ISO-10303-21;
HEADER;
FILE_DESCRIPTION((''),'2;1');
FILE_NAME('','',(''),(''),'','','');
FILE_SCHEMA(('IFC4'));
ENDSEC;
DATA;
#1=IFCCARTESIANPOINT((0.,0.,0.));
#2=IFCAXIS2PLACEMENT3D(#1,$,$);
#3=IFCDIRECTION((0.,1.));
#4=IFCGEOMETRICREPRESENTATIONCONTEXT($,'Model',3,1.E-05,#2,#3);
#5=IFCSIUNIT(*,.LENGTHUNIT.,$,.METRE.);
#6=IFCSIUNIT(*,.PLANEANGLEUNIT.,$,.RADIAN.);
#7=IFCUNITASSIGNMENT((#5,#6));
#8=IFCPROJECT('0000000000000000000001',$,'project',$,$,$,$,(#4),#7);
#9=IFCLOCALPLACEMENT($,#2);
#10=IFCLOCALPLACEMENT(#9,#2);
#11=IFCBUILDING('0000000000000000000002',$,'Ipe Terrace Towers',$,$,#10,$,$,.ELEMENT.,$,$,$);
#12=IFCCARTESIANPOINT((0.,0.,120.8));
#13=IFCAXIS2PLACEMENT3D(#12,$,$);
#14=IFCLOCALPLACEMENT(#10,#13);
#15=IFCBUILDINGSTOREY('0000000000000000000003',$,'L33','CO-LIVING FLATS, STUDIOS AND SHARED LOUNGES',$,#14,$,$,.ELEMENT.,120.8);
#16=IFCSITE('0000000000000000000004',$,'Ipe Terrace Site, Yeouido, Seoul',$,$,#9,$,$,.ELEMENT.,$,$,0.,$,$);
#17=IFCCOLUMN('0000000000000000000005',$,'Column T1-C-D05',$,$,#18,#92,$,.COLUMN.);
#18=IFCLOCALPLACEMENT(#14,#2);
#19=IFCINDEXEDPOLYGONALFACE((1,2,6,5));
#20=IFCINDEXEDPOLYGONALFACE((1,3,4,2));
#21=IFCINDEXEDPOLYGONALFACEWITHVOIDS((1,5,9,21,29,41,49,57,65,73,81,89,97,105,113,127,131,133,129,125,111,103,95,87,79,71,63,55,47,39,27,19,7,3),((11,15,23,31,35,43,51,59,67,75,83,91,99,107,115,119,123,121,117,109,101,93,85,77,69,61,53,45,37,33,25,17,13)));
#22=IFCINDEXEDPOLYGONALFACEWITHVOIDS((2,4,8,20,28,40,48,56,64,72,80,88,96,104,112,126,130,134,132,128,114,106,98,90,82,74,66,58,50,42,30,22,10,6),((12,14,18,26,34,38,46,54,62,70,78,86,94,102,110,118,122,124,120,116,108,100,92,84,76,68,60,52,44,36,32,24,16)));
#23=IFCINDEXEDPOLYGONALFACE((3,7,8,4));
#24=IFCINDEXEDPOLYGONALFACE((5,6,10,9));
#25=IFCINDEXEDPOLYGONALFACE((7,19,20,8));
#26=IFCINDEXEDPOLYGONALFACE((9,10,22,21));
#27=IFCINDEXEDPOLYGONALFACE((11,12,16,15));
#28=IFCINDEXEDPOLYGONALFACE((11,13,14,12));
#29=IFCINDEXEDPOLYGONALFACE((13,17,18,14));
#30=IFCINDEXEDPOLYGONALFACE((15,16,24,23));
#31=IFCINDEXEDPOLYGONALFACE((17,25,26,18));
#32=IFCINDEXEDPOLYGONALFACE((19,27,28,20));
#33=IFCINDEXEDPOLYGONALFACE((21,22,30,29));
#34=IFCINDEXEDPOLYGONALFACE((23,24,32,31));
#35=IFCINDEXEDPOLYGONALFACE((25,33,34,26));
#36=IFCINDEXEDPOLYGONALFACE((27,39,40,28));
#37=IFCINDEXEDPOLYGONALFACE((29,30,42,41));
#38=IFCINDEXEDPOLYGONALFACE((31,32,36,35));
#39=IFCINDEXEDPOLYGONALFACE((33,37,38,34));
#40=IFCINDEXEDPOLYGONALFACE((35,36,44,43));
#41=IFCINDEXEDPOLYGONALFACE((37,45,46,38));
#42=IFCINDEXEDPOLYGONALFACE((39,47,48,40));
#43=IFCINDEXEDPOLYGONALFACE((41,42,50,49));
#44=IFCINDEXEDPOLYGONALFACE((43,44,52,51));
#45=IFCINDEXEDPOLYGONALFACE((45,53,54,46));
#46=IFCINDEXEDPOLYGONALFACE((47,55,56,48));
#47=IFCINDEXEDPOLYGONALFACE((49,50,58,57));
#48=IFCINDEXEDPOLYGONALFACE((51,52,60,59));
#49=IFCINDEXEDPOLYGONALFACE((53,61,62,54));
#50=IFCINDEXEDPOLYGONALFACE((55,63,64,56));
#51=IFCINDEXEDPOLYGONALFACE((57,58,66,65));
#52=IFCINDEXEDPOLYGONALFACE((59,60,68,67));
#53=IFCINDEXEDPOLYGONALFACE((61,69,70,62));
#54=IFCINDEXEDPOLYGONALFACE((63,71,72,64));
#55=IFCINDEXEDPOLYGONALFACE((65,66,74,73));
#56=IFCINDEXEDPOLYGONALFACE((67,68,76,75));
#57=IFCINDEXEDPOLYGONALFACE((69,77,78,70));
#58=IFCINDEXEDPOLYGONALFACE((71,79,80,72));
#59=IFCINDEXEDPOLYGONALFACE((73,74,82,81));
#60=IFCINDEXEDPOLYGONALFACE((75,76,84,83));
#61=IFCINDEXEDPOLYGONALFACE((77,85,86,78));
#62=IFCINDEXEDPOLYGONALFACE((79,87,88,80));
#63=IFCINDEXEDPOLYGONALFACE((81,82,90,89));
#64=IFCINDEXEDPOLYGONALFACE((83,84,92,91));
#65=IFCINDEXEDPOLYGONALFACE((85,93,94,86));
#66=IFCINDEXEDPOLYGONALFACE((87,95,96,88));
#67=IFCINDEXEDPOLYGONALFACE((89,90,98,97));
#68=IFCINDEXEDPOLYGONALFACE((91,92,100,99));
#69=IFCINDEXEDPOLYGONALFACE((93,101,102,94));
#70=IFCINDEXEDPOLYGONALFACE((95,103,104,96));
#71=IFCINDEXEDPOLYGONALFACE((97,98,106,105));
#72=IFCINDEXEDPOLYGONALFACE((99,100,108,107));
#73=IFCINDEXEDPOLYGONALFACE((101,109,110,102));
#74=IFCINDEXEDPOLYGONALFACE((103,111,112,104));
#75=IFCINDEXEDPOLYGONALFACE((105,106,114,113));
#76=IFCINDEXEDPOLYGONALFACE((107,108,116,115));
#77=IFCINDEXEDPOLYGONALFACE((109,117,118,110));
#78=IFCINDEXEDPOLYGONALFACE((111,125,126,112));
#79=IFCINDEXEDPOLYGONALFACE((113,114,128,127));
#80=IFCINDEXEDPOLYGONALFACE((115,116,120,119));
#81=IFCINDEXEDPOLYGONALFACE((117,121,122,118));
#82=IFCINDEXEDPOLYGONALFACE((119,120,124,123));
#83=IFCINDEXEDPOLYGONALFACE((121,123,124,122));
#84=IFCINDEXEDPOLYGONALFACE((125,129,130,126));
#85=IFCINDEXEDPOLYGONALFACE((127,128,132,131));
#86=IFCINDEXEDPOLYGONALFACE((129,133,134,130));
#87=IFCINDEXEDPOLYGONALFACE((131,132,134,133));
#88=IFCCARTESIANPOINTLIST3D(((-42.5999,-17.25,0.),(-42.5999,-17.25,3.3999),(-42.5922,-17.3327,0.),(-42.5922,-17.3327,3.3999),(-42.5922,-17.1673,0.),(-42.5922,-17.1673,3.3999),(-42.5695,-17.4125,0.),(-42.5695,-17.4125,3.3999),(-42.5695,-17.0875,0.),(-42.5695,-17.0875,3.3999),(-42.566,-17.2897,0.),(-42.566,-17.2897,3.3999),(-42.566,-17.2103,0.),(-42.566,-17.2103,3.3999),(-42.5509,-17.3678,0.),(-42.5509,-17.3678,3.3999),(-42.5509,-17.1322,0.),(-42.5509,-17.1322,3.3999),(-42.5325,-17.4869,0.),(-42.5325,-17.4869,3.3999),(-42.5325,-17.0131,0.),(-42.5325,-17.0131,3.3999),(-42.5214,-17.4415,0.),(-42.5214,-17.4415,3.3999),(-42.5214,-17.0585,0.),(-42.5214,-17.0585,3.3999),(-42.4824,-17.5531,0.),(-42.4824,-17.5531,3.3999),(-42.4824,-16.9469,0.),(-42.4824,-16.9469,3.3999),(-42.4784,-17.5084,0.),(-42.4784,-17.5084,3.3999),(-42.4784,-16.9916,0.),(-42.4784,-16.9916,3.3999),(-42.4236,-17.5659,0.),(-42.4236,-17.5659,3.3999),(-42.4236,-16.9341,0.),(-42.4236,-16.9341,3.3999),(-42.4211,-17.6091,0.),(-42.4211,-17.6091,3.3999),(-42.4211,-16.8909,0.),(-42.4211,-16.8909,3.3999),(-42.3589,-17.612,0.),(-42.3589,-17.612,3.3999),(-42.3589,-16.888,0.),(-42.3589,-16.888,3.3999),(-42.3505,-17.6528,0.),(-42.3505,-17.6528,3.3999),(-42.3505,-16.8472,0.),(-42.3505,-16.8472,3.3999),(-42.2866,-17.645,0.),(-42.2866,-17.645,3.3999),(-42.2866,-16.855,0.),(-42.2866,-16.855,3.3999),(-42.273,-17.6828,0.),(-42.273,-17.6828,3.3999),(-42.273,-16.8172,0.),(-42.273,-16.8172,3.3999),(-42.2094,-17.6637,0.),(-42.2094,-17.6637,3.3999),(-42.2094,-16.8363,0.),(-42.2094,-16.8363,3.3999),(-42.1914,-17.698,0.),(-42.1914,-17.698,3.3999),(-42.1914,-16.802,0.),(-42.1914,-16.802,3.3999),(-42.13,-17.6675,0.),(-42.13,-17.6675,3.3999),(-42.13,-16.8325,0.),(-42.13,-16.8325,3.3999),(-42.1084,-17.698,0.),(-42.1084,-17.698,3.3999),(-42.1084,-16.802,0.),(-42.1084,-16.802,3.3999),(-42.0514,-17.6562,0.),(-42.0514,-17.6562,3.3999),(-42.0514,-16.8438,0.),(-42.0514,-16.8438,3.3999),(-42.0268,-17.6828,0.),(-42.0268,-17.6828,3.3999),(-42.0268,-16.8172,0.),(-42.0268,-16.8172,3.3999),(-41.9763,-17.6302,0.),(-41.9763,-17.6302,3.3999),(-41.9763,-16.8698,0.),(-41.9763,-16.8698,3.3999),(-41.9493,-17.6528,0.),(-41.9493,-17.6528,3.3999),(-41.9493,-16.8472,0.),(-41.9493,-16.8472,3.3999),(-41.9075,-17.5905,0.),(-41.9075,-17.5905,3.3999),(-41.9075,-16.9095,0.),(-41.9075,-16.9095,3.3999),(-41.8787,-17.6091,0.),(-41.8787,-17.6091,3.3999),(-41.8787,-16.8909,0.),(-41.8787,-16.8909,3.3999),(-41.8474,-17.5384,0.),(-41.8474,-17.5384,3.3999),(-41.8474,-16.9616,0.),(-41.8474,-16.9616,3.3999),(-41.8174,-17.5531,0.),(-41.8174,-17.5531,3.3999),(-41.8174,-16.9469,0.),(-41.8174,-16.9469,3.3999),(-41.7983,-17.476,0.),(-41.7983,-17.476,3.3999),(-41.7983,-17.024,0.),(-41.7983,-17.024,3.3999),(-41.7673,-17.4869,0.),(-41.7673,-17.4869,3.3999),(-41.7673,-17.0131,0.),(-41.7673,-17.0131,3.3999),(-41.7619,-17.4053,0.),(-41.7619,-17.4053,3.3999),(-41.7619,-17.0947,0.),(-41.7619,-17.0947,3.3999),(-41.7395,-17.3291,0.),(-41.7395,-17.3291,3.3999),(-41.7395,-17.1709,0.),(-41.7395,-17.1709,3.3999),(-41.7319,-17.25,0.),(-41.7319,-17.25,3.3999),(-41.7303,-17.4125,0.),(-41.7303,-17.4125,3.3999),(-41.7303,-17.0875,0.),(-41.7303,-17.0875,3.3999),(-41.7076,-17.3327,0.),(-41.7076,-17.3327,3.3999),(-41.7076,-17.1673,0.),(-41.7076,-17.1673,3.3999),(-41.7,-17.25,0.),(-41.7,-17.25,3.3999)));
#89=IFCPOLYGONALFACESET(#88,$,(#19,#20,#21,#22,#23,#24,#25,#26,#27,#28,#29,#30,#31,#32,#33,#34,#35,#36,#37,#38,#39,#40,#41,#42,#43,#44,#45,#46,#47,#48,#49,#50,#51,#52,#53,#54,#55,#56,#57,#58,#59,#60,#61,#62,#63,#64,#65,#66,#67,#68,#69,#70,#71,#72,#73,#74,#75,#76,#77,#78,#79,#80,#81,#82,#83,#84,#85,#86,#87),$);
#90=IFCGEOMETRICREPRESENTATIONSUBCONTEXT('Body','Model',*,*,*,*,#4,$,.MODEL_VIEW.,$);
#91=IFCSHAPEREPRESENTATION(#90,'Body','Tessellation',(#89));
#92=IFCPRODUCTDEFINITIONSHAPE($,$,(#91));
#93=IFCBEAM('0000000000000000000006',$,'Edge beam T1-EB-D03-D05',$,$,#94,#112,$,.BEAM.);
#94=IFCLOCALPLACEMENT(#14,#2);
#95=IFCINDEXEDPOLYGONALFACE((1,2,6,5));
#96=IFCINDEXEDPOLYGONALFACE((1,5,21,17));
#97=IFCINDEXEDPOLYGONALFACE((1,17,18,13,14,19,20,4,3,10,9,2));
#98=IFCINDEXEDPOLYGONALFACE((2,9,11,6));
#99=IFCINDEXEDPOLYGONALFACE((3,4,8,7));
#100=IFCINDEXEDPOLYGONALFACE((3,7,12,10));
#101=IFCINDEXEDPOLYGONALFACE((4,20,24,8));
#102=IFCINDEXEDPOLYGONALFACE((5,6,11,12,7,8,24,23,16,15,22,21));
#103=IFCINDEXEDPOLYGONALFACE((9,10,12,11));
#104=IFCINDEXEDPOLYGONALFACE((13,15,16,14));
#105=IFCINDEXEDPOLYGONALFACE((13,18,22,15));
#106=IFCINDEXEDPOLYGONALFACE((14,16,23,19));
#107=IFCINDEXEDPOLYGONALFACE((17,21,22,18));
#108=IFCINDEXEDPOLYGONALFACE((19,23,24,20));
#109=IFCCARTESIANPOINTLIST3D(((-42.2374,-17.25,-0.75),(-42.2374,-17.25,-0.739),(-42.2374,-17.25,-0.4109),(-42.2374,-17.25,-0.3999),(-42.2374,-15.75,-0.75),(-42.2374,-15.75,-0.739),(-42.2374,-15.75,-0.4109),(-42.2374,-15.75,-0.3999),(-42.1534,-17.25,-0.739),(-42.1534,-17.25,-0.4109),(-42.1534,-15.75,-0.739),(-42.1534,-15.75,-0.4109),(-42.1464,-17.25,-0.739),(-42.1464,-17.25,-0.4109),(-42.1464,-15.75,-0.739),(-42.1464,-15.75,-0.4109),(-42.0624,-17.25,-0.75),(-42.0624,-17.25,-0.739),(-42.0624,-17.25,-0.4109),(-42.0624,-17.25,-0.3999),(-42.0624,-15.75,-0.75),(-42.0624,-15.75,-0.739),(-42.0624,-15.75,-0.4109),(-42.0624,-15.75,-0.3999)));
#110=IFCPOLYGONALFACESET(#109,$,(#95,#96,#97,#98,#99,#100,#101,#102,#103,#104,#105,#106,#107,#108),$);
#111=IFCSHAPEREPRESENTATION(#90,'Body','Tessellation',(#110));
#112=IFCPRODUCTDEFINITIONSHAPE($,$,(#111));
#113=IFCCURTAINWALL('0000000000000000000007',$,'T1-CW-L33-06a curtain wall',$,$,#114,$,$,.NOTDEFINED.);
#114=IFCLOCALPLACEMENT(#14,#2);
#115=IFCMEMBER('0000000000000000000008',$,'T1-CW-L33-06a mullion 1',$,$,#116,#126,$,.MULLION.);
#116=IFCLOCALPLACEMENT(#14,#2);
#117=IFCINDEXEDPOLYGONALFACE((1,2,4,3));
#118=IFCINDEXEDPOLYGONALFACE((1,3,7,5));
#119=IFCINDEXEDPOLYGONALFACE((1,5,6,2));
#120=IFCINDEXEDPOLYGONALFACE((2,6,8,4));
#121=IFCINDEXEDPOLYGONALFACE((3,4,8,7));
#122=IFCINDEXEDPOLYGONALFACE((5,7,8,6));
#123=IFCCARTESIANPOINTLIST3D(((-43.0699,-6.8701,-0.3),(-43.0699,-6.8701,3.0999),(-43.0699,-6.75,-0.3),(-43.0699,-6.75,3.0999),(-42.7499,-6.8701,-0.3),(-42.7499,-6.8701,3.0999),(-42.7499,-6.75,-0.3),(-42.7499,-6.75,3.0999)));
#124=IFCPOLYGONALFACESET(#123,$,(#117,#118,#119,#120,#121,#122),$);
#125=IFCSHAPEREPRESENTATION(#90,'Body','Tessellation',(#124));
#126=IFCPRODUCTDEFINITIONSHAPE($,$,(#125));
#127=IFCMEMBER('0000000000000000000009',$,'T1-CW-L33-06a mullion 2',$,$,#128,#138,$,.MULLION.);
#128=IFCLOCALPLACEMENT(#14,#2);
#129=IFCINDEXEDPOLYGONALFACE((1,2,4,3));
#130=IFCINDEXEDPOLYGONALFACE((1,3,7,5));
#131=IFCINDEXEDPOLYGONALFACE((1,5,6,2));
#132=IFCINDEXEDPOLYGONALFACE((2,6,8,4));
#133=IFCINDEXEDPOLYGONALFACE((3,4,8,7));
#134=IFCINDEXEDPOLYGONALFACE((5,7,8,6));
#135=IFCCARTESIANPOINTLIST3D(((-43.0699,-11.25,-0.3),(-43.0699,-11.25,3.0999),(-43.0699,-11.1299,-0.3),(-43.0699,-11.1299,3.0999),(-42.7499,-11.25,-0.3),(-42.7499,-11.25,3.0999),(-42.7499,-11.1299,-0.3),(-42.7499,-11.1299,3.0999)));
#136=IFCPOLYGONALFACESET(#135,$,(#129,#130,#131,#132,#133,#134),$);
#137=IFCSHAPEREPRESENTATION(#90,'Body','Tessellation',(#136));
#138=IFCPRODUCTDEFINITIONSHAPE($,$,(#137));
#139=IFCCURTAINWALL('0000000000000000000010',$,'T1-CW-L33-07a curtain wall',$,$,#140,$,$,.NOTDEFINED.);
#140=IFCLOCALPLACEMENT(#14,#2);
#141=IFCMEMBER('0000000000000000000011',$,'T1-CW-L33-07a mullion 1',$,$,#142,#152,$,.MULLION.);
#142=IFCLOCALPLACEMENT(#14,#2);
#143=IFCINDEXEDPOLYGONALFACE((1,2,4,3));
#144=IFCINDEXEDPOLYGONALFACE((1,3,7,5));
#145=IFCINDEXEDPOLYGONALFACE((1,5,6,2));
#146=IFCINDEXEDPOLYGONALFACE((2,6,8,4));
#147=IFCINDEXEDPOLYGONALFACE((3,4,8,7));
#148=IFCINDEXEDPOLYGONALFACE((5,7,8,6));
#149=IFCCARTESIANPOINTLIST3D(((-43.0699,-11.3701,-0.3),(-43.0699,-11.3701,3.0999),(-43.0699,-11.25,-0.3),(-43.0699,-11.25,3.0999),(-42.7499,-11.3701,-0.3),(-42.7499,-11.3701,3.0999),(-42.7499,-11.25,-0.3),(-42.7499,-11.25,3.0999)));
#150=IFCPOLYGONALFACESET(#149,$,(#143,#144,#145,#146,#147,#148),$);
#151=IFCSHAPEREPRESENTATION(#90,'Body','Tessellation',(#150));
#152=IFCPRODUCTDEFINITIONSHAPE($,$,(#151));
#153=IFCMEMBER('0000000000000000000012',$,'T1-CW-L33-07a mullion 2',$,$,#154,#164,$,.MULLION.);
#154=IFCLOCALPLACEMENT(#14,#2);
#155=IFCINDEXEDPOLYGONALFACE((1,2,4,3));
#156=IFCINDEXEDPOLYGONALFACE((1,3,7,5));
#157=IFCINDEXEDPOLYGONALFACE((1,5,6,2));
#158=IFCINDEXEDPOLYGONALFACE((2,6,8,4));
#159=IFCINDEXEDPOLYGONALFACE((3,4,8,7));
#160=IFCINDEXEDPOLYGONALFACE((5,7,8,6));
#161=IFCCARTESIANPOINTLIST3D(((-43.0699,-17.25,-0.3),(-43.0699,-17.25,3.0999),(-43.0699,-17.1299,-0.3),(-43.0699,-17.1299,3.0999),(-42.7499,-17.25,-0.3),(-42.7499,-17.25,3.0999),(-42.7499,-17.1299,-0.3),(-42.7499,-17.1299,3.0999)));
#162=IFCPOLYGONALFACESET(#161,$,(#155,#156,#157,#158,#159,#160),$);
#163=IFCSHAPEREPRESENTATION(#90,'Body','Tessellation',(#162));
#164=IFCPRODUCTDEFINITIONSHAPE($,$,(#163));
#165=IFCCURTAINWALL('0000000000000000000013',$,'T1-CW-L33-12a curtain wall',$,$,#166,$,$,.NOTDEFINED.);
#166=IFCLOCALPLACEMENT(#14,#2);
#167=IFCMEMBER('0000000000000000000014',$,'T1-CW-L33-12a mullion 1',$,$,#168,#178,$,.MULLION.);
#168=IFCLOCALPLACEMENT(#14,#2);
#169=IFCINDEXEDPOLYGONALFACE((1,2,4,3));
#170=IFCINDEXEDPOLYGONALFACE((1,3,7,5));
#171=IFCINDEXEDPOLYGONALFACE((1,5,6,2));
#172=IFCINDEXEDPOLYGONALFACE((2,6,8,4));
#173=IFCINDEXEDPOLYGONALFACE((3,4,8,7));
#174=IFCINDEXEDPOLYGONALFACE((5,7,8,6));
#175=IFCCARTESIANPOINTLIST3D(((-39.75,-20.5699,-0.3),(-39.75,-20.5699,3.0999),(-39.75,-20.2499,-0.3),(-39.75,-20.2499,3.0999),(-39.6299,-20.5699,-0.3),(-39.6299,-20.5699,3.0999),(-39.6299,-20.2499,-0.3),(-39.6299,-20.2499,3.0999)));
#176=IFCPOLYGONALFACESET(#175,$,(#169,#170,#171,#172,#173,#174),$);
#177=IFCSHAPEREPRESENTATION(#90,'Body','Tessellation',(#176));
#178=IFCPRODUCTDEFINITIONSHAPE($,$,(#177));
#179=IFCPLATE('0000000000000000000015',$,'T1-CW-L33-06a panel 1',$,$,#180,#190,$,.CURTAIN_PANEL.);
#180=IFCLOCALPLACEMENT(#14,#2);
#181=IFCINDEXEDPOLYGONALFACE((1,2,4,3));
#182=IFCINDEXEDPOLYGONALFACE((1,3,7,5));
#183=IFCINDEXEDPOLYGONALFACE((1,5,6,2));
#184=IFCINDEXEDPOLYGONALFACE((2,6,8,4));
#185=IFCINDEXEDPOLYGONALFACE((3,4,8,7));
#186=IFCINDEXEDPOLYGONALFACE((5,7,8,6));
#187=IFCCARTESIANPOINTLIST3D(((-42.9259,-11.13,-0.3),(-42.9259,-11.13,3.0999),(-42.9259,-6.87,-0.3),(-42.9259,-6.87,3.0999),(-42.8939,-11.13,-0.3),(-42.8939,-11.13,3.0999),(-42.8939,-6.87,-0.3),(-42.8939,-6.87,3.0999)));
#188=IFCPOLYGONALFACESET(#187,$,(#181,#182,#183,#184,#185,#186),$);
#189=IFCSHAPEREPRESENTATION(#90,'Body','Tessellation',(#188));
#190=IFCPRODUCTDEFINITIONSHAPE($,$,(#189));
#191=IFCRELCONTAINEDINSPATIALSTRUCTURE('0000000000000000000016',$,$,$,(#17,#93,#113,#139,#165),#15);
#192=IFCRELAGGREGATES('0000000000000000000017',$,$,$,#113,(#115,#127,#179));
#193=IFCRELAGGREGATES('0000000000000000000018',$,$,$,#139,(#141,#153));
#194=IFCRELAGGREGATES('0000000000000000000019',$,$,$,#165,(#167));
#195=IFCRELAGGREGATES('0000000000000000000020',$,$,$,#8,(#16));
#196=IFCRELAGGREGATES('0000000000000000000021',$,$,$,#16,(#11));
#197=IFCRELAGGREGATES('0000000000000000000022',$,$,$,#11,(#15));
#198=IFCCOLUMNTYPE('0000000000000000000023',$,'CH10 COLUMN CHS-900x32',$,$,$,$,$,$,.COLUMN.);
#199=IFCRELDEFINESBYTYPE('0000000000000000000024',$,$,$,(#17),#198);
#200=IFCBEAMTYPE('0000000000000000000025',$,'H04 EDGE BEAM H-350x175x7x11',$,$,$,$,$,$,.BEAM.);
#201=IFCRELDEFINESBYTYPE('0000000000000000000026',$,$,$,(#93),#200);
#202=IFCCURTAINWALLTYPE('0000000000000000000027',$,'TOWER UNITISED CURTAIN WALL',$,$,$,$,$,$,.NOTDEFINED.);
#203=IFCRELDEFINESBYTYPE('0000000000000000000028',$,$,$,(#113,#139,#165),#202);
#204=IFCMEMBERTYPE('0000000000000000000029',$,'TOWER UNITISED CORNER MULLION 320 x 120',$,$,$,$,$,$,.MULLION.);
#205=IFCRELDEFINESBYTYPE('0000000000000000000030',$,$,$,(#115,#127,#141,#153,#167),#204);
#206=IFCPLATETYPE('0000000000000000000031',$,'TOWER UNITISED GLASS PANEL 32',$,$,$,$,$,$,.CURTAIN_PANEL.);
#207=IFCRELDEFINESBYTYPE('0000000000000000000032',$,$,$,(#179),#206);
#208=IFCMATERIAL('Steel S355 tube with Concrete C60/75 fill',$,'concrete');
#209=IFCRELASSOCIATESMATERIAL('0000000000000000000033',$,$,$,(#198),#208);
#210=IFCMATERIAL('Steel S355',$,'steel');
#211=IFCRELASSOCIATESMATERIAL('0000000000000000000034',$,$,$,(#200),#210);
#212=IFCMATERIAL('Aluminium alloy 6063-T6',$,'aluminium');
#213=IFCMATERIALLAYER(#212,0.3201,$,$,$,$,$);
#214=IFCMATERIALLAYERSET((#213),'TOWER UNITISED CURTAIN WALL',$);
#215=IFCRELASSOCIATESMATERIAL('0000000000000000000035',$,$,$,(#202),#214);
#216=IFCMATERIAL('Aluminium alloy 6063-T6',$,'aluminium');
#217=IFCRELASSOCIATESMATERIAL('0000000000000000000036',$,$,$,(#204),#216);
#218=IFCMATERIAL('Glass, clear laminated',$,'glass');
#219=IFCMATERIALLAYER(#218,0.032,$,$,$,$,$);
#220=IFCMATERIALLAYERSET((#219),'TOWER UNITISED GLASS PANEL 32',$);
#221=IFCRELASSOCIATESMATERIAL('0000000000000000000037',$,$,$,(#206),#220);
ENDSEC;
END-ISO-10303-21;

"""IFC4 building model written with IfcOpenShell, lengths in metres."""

from ifc_helpers import new_model, si_unit, direction, frame, origin, origin_2d, place, context, subcontext, project, spatial, rectangle, hollow_circle, i_section, extrude, material, layer, layer_set, material_profile, profile_set, type_object, element, aggregate, save


model = new_model("IFC4")

# Units and contexts
model_context = context("Model", 3, precision=1e-05, world=origin(), true_north=direction((0.0, 1.0)))
body_context = subcontext(model_context, "Body", "Model", "MODEL_VIEW")
ifc_project = project(units=[si_unit("LENGTHUNIT", "METRE"), si_unit("PLANEANGLEUNIT", "RADIAN")], contexts=[model_context])

# Site, building, storey
site_placement = place(None, origin())
site = spatial("IfcSite", under=ifc_project, at=site_placement, Name="Ipe Terrace Site, Yeouido, Seoul", CompositionType="ELEMENT", RefElevation=0.0)
building_placement = place(site_placement, origin())
building = spatial("IfcBuilding", under=site, at=building_placement, Name="Ipe Terrace Towers", CompositionType="ELEMENT")
storey_placement = place(building_placement, frame((0.0, 0.0, 120.8)))
storey = spatial("IfcBuildingStorey", under=building, at=storey_placement, Name="L33", Description="CO-LIVING FLATS, STUDIOS AND SHARED LOUNGES", CompositionType="ELEMENT", Elevation=120.8)

# Column
ifc_material_1 = material(Name="Steel S355 tube with Concrete C60/75 fill", Category="concrete")
ifc_material_profile_1 = material_profile(ifc_material_1, hollow_circle(Radius=0.45, WallThickness=0.032, at=origin_2d()), Name="CHS-900x32")
ifc_profile_set_1 = profile_set([ifc_material_profile_1], Name="Steel S355 tube with Concrete C60/75 fill")
column_type_1 = type_object("IfcColumnType", Name="CH10 COLUMN CHS-900x32", PredefinedType="COLUMN", material=ifc_profile_set_1)
for number, where, z_axis, x_axis, name in (
    (1, (-42.1499, -17.25, 0.0), (0.0, 0.0, 1.0), (1.0, 0.0, 0.0), "Column T1-C-D05"),
):
    element("IfcColumn", number, at=place(storey_placement, frame(where, z_axis=z_axis, x_axis=x_axis)), inside=storey, type_object=column_type_1, Name=name, PredefinedType="COLUMN", context=body_context, shape_type="SweptSolid", body=[
        extrude(hollow_circle(Radius=0.45, WallThickness=0.032, at=origin_2d()), origin(), (0.0, 0.0, 1.0), 3.3999),
    ])

# Beam
ifc_material_2 = material(Name="Steel S355", Category="steel")
ifc_material_profile_2 = material_profile(ifc_material_2, i_section(OverallWidth=0.175, OverallDepth=0.3501, WebThickness=0.0071, FlangeThickness=0.011, at=origin_2d()), Name="H-350x175x7x11")
ifc_profile_set_2 = profile_set([ifc_material_profile_2], Name="Steel S355")
beam_type = type_object("IfcBeamType", Name="H04 EDGE BEAM H-350x175x7x11", PredefinedType="BEAM", material=ifc_profile_set_2)
beam_placement = place(storey_placement, frame((-42.1499, -15.75, -0.575), z_axis=(0.0, -1.0, 0.0), x_axis=(1.0, 0.0, 0.0)))
element("IfcBeam", 2, at=beam_placement, inside=storey, type_object=beam_type, Name="Edge beam T1-EB-D03-D05", PredefinedType="BEAM", context=body_context, shape_type="SweptSolid", body=[
    extrude(i_section(OverallWidth=0.175, OverallDepth=0.3501, WebThickness=0.0071, FlangeThickness=0.011, at=origin_2d()), origin(), (0.0, 0.0, 1.0), 1.5),
])

# Curtain walls, members
ifc_material_3 = material(Name="Aluminium alloy 6063-T6", Category="aluminium")
ifc_layer_1 = layer(ifc_material_3, 0.3201)
ifc_layer_set_1 = layer_set([ifc_layer_1], Name="TOWER UNITISED CURTAIN WALL")
curtain_wall_type = type_object("IfcCurtainWallType", Name="TOWER UNITISED CURTAIN WALL", PredefinedType="NOTDEFINED", material=ifc_layer_set_1)
curtain_wall_1_placement = place(storey_placement, origin())
curtain_wall_1 = element("IfcCurtainWall", 3, at=curtain_wall_1_placement, inside=storey, type_object=curtain_wall_type, Name="T1-CW-L33-06a curtain wall", PredefinedType="NOTDEFINED")
ifc_material_4 = material(Name="Aluminium alloy 6063-T6", Category="aluminium")
ifc_material_profile_3 = material_profile(ifc_material_4, rectangle(XDim=0.3201, YDim=0.1201, at=origin_2d()), Name="TOWER UNITISED CORNER MULLION 320 x 120")
ifc_profile_set_3 = profile_set([ifc_material_profile_3], Name="Aluminium alloy 6063-T6")
member_type = type_object("IfcMemberType", Name="TOWER UNITISED CORNER MULLION 320 x 120", PredefinedType="MULLION", material=ifc_profile_set_3)
member_1_placement = place(storey_placement, frame((-42.9099, -6.8101, -0.3), z_axis=(0.0, 0.0, 1.0), x_axis=(-1.0, 0.0, 0.0)))
member_1 = element("IfcMember", 4, at=member_1_placement, type_object=member_type, Name="T1-CW-L33-06a mullion 1", PredefinedType="MULLION", context=body_context, shape_type="SweptSolid", body=[
    extrude(rectangle(XDim=0.3201, YDim=0.1201, at=origin_2d()), origin(), (0.0, 0.0, 1.0), 3.3999),
])
member_2_placement = place(storey_placement, frame((-42.9099, -11.1899, -0.3), z_axis=(0.0, 0.0, 1.0), x_axis=(-1.0, 0.0, 0.0)))
member_2 = element("IfcMember", 5, at=member_2_placement, type_object=member_type, Name="T1-CW-L33-06a mullion 2", PredefinedType="MULLION", context=body_context, shape_type="SweptSolid", body=[
    extrude(rectangle(XDim=0.3201, YDim=0.1201, at=origin_2d()), origin(), (0.0, 0.0, 1.0), 3.3999),
])
curtain_wall_2_placement = place(storey_placement, origin())
curtain_wall_2 = element("IfcCurtainWall", 6, at=curtain_wall_2_placement, inside=storey, type_object=curtain_wall_type, Name="T1-CW-L33-07a curtain wall", PredefinedType="NOTDEFINED")
member_3_placement = place(storey_placement, frame((-42.9099, -11.3101, -0.3), z_axis=(0.0, 0.0, 1.0), x_axis=(-1.0, 0.0, 0.0)))
member_3 = element("IfcMember", 7, at=member_3_placement, type_object=member_type, Name="T1-CW-L33-07a mullion 1", PredefinedType="MULLION", context=body_context, shape_type="SweptSolid", body=[
    extrude(rectangle(XDim=0.3201, YDim=0.1201, at=origin_2d()), origin(), (0.0, 0.0, 1.0), 3.3999),
])
member_4_placement = place(storey_placement, frame((-42.9099, -17.1899, -0.3), z_axis=(0.0, 0.0, 1.0), x_axis=(-1.0, 0.0, 0.0)))
member_4 = element("IfcMember", 8, at=member_4_placement, type_object=member_type, Name="T1-CW-L33-07a mullion 2", PredefinedType="MULLION", context=body_context, shape_type="SweptSolid", body=[
    extrude(rectangle(XDim=0.3201, YDim=0.1201, at=origin_2d()), origin(), (0.0, 0.0, 1.0), 3.3999),
])

# Curtain wall, member
curtain_wall_3_placement = place(storey_placement, origin())
curtain_wall_3 = element("IfcCurtainWall", 9, at=curtain_wall_3_placement, inside=storey, type_object=curtain_wall_type, Name="T1-CW-L33-12a curtain wall", PredefinedType="NOTDEFINED")
member_5_placement = place(storey_placement, frame((-39.6899, -20.4099, -0.3), z_axis=(0.0, 0.0, 1.0), x_axis=(0.0, -1.0, 0.0)))
member_5 = element("IfcMember", 10, at=member_5_placement, type_object=member_type, Name="T1-CW-L33-12a mullion 1", PredefinedType="MULLION", context=body_context, shape_type="SweptSolid", body=[
    extrude(rectangle(XDim=0.3201, YDim=0.1201, at=origin_2d()), origin(), (0.0, 0.0, 1.0), 3.3999),
])

# Plate
ifc_material_5 = material(Name="Glass, clear laminated", Category="glass")
ifc_layer_2 = layer(ifc_material_5, 0.032)
ifc_layer_set_2 = layer_set([ifc_layer_2], Name="TOWER UNITISED GLASS PANEL 32")
plate_type = type_object("IfcPlateType", Name="TOWER UNITISED GLASS PANEL 32", PredefinedType="CURTAIN_PANEL", material=ifc_layer_set_2)
plate_1_placement = place(storey_placement, frame((-42.9099, -9.0, -0.3), z_axis=(0.0, 0.0, 1.0), x_axis=(0.0, -1.0, 0.0)))
plate_1 = element("IfcPlate", 11, at=plate_1_placement, type_object=plate_type, Name="T1-CW-L33-06a panel 1", PredefinedType="CURTAIN_PANEL", context=body_context, shape_type="SweptSolid", body=[
    extrude(rectangle(XDim=4.26, YDim=0.032, at=origin_2d()), origin(), (0.0, 0.0, 1.0), 3.3999),
])
aggregate(curtain_wall_1, [member_1, member_2, plate_1])
aggregate(curtain_wall_2, [member_3, member_4])
aggregate(curtain_wall_3, [member_5])

save(model, "model.ifc")
